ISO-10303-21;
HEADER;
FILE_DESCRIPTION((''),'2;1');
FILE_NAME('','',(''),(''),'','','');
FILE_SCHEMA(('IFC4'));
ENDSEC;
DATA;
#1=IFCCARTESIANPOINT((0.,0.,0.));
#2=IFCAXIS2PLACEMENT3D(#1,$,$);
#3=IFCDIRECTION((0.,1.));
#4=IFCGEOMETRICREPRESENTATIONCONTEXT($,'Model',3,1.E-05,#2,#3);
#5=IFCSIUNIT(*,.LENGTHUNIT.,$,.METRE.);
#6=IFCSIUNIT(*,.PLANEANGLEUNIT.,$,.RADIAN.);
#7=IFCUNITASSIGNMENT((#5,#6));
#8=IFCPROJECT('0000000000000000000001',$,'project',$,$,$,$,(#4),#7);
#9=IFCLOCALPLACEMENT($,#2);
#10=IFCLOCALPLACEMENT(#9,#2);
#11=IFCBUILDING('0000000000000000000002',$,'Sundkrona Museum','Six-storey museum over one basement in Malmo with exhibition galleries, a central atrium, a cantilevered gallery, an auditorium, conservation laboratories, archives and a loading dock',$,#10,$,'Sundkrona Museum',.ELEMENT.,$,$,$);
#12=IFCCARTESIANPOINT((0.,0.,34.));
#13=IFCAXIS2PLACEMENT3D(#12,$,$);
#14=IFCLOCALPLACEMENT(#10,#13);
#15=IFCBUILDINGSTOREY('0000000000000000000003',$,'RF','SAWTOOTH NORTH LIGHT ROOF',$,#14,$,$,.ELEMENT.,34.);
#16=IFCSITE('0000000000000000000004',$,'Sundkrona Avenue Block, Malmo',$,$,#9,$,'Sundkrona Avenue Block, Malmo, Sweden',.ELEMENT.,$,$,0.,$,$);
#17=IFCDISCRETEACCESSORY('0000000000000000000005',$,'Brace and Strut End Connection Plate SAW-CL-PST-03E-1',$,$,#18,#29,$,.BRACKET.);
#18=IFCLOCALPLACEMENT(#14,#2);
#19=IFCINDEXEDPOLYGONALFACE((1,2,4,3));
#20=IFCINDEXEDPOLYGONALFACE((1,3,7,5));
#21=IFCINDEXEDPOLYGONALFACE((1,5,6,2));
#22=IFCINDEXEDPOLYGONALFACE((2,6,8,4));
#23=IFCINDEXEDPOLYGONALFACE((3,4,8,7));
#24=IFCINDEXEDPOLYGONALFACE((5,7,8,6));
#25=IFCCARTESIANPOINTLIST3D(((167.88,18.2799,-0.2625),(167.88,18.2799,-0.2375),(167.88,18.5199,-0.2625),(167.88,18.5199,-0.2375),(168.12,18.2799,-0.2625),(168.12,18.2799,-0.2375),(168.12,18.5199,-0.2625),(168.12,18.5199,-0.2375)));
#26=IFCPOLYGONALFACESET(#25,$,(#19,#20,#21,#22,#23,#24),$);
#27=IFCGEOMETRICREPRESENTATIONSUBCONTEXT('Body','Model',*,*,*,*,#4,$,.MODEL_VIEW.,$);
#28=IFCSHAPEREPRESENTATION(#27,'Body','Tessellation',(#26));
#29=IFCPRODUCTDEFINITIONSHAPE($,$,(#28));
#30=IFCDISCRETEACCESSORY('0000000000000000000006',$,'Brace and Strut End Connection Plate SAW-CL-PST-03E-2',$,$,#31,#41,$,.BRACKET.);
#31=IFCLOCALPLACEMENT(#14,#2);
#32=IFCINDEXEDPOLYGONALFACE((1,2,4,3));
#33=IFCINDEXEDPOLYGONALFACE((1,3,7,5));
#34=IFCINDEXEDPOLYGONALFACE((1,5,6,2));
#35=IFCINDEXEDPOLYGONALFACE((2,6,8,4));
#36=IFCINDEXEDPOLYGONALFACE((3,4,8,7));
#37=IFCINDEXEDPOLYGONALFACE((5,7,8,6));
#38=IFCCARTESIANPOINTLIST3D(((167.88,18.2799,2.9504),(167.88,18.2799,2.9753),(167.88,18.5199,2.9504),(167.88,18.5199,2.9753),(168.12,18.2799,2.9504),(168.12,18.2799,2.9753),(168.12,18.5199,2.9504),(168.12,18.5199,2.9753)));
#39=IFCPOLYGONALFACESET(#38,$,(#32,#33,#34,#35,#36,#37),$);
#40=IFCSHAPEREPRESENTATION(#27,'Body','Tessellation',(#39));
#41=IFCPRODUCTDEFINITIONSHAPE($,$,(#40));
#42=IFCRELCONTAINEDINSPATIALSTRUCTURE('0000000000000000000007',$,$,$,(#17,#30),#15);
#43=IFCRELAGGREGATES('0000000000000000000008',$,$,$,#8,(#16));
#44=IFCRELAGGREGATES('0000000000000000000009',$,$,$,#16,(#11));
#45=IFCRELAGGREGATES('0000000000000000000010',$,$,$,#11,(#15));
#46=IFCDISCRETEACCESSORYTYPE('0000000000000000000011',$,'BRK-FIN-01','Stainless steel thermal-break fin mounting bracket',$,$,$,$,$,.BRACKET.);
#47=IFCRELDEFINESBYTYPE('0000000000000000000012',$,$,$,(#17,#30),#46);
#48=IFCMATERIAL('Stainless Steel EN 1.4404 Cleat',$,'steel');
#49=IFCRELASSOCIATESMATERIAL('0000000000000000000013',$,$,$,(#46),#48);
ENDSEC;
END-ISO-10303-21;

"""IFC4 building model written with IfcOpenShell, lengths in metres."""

from ifc_helpers import new_model, si_unit, direction, frame, origin, origin_2d, place, context, subcontext, project, spatial, rectangle, extrude, material, type_object, element, save


model = new_model("IFC4")

# Units and contexts
model_context = context("Model", 3, precision=1e-05, world=origin(), true_north=direction((0.0, 1.0)))
body_context = subcontext(model_context, "Body", "Model", "MODEL_VIEW")
ifc_project = project(units=[si_unit("LENGTHUNIT", "METRE"), si_unit("PLANEANGLEUNIT", "RADIAN")], contexts=[model_context])

# Site, building, storey
site_placement = place(None, origin())
site = spatial("IfcSite", under=ifc_project, at=site_placement, Name="Sundkrona Avenue Block, Malmo", LongName="Sundkrona Avenue Block, Malmo, Sweden", CompositionType="ELEMENT", RefElevation=0.0)
building_placement = place(site_placement, origin())
building = spatial("IfcBuilding", under=site, at=building_placement, Name="Sundkrona Museum", Description="Six-storey museum over one basement in Malmo with exhibition galleries, a central atrium, a cantilevered gallery, an auditorium, conservation laboratories, archives and a loading dock", LongName="Sundkrona Museum", CompositionType="ELEMENT")
storey_placement = place(building_placement, frame((0.0, 0.0, 34.0)))
storey = spatial("IfcBuildingStorey", under=building, at=storey_placement, Name="RF", Description="SAWTOOTH NORTH LIGHT ROOF", CompositionType="ELEMENT", Elevation=34.0)

# Discrete accessories
ifc_material_1 = material(Name="Stainless Steel EN 1.4404 Cleat", Category="steel")
discrete_accessory_type = type_object("IfcDiscreteAccessoryType", Name="BRK-FIN-01", Description="Stainless steel thermal-break fin mounting bracket", PredefinedType="BRACKET", material=ifc_material_1)
for number, where, z_axis, x_axis, name in (
    (1, (168.0, 18.3999, -0.2625), (0.0, 0.0, 1.0), (1.0, 0.0, 0.0), "Brace and Strut End Connection Plate SAW-CL-PST-03E-1"),
    (2, (168.0, 18.3999, 2.9504), (0.0, 0.0, 1.0), (1.0, 0.0, 0.0), "Brace and Strut End Connection Plate SAW-CL-PST-03E-2"),
):
    element("IfcDiscreteAccessory", number, at=place(storey_placement, frame(where, z_axis=z_axis, x_axis=x_axis)), inside=storey, type_object=discrete_accessory_type, Name=name, PredefinedType="BRACKET", context=body_context, shape_type="SweptSolid", body=[
        extrude(rectangle(XDim=0.24, YDim=0.24, at=origin_2d()), origin(), (0.0, 0.0, 1.0), 0.0249),
    ])

save(model, "model.ifc")
